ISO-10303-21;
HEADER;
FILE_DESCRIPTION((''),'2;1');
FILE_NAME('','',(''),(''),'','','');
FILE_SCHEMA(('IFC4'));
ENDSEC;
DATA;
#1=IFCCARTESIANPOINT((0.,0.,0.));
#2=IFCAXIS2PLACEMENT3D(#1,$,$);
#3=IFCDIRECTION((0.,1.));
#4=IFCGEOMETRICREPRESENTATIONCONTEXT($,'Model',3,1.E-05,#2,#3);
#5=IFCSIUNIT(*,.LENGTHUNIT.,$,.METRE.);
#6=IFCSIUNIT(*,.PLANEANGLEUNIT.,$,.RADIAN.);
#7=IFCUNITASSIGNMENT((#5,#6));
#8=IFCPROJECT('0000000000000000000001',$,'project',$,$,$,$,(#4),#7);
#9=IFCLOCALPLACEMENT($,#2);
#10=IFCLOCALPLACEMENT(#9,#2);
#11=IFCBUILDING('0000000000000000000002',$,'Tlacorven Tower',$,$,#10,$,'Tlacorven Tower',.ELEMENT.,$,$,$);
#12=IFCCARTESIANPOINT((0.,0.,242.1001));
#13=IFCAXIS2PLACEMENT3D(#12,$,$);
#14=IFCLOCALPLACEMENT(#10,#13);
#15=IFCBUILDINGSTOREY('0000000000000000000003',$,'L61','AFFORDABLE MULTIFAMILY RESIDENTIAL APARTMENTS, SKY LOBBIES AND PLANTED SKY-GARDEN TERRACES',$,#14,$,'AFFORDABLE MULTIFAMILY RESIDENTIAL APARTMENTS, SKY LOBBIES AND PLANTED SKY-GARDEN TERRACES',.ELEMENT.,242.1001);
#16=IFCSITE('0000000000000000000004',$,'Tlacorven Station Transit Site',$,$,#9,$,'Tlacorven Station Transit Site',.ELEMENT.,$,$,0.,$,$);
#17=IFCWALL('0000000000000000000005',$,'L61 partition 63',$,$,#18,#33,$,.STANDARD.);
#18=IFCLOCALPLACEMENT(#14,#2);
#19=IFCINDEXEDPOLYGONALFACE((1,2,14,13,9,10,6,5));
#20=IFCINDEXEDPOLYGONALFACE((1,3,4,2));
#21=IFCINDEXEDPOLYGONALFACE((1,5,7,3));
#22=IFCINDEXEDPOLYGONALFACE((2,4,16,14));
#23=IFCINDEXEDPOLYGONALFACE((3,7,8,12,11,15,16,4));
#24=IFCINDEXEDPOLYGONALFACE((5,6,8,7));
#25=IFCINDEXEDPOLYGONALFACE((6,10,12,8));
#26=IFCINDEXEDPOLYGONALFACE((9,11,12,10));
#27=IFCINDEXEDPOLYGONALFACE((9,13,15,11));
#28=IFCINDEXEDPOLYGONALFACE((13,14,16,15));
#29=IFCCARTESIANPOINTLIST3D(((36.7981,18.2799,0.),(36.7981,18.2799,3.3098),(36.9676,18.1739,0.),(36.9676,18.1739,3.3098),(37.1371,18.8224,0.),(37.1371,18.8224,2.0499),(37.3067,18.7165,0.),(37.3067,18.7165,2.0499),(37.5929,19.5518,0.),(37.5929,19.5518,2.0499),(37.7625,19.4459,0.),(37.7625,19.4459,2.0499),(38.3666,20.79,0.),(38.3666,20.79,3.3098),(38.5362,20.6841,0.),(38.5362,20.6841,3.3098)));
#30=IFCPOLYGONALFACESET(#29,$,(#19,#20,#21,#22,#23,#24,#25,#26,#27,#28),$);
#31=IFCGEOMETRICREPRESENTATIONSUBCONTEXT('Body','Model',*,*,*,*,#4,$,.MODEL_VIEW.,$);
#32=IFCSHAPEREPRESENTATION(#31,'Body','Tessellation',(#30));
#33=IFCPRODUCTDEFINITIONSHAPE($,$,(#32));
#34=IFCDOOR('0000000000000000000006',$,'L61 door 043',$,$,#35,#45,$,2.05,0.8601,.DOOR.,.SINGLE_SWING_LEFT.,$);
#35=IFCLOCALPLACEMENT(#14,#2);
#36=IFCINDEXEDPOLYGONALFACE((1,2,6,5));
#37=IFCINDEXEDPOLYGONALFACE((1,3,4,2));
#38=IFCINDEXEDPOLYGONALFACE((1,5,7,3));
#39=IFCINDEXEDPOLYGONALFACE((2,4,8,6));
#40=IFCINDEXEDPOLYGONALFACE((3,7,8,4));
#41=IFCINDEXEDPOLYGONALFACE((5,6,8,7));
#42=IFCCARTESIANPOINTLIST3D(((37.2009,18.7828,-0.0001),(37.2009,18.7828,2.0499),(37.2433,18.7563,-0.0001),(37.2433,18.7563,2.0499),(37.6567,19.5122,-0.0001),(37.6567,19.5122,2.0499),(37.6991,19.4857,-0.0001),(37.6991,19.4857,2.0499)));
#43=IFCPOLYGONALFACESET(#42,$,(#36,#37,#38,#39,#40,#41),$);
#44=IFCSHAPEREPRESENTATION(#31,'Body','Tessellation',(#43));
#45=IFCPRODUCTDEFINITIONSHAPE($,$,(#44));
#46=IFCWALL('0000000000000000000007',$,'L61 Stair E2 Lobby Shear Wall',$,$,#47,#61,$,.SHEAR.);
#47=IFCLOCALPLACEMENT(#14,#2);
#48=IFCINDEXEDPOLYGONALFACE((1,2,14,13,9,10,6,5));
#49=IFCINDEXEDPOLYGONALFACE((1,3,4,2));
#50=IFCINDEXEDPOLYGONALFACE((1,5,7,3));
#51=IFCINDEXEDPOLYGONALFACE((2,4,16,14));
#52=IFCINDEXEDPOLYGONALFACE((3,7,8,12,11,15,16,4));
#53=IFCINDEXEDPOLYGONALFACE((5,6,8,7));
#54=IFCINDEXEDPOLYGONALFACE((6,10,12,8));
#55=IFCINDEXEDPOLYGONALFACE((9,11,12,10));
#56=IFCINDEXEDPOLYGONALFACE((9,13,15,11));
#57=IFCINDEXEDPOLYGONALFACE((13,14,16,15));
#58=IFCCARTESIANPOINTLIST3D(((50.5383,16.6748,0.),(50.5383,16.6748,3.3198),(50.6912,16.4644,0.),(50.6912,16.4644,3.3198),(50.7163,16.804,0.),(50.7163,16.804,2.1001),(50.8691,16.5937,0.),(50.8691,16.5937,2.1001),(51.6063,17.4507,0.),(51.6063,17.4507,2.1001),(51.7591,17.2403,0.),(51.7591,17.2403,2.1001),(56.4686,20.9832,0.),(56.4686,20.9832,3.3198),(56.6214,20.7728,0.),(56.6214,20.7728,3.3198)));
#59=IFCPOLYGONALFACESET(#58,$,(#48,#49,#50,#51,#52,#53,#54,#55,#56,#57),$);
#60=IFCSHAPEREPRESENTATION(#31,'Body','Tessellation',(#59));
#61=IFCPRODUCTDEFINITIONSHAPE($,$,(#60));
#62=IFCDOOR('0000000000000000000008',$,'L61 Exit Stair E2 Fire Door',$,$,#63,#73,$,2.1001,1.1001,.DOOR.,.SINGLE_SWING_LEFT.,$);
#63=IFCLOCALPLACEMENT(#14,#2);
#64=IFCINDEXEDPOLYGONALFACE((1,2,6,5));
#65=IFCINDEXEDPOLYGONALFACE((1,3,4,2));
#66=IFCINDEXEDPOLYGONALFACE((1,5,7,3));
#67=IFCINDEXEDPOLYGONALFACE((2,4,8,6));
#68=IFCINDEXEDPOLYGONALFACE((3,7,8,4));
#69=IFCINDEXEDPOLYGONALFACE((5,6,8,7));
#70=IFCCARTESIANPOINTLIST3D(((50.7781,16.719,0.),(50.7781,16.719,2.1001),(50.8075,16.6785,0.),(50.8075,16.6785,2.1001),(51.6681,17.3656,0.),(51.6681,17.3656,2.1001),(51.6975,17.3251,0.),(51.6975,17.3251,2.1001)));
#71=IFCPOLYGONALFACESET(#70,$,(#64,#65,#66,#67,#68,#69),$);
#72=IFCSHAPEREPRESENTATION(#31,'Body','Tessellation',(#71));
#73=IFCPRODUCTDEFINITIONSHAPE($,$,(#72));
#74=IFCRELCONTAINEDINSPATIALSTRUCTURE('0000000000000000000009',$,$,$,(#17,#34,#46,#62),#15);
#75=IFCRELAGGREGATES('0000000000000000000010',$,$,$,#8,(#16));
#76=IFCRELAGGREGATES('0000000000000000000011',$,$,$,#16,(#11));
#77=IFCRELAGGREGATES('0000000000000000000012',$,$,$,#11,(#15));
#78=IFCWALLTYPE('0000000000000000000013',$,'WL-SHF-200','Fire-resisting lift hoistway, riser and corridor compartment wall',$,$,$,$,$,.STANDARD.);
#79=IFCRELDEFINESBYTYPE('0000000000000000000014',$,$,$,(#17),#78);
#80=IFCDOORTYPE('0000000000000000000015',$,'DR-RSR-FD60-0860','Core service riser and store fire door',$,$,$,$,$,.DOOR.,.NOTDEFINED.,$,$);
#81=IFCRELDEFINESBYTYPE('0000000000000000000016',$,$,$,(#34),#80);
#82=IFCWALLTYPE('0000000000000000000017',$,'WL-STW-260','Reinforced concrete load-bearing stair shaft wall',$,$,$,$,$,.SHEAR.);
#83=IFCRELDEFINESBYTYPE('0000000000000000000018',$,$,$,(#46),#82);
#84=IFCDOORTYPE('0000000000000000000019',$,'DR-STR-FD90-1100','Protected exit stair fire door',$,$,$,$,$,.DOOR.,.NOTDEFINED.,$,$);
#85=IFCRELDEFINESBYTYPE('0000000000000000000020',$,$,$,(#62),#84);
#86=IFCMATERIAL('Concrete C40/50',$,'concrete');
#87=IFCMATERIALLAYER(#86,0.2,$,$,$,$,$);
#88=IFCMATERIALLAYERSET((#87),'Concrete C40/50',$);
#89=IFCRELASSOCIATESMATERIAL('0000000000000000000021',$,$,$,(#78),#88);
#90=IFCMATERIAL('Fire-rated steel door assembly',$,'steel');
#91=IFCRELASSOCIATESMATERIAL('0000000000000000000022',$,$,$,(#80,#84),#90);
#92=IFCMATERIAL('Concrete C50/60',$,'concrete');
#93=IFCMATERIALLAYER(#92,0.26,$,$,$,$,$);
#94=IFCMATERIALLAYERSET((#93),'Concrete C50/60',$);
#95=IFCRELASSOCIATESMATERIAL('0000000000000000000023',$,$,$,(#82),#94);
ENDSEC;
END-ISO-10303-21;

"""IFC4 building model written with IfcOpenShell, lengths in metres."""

from ifc_helpers import new_model, si_unit, direction, frame, frame_2d, origin, place, context, subcontext, project, spatial, rectangle, extrude, source, transform, mapped, material, layer, layer_set, type_object, element, fill, save


model = new_model("IFC4")

# Units and contexts
model_context = context("Model", 3, precision=1e-05, world=origin(), true_north=direction((0.0, 1.0)))
body_context = subcontext(model_context, "Body", "Model", "MODEL_VIEW")
ifc_project = project(units=[si_unit("LENGTHUNIT", "METRE"), si_unit("PLANEANGLEUNIT", "RADIAN")], contexts=[model_context])

# Site, building, storey
site_placement = place(None, origin())
site = spatial("IfcSite", under=ifc_project, at=site_placement, Name="Tlacorven Station Transit Site", LongName="Tlacorven Station Transit Site", CompositionType="ELEMENT", RefElevation=0.0)
building_placement = place(site_placement, origin())
building = spatial("IfcBuilding", under=site, at=building_placement, Name="Tlacorven Tower", LongName="Tlacorven Tower", CompositionType="ELEMENT")
storey_placement = place(building_placement, frame((0.0, 0.0, 242.1001)))
storey = spatial("IfcBuildingStorey", under=building, at=storey_placement, Name="L61", Description="AFFORDABLE MULTIFAMILY RESIDENTIAL APARTMENTS, SKY LOBBIES AND PLANTED SKY-GARDEN TERRACES", LongName="AFFORDABLE MULTIFAMILY RESIDENTIAL APARTMENTS, SKY LOBBIES AND PLANTED SKY-GARDEN TERRACES", CompositionType="ELEMENT", Elevation=242.1001)

# Shared definitions
ifc_material_1 = material(Name="Concrete C50/60", Category="concrete")

# Shared definitions
ifc_material_2 = material(Name="Fire-rated steel door assembly", Category="steel")

# Walls, openings, doors
ifc_material_3 = material(Name="Concrete C40/50", Category="concrete")
ifc_layer_1 = layer(ifc_material_3, 0.2)
ifc_layer_set_1 = layer_set([ifc_layer_1], Name="Concrete C40/50")
wall_type_1 = type_object("IfcWallType", Name="WL-SHF-200", Description="Fire-resisting lift hoistway, riser and corridor compartment wall", PredefinedType="STANDARD", material=ifc_layer_set_1)
wall_1_placement = place(storey_placement, frame((38.4514, 20.7371, 0.0), z_axis=(0.0, 0.0, 1.0), x_axis=(-0.529925, -0.848045, 0.0)))
wall_1 = element("IfcWall", 1, at=wall_1_placement, inside=storey, type_object=wall_type_1, Name="L61 partition 63", PredefinedType="STANDARD", context=body_context, shape_type="SweptSolid", body=[
    extrude(rectangle(XDim=2.96, YDim=0.2, at=frame_2d((1.48, 0.0))), origin(), (0.0, 0.0, 1.0), 3.3098),
])
opening_1_placement = place(wall_1_placement, frame((1.46, 0.0, 0.0)))
opening_1 = element("IfcOpeningElement", 2, at=opening_1_placement, cuts=wall_1, PredefinedType="OPENING", context=body_context, shape_type="SweptSolid", body=[
    extrude(rectangle(XDim=0.8601, YDim=2.05, at=frame_2d((0.4302, 1.0249))), frame((0.0, 0.1099, 0.0), z_axis=(0.0, -1.0, 0.0), x_axis=(1.0, 0.0, 0.0)), (0.0, 0.0, 1.0), 0.22),
])
door_type_1 = type_object("IfcDoorType", Name="DR-RSR-FD60-0860", Description="Core service riser and store fire door", OperationType="NOTDEFINED", PredefinedType="DOOR", material=ifc_material_2)
shared_shape_1 = source(origin(), body_context, "Body", "SweptSolid", [
    extrude(rectangle(XDim=0.8601, YDim=2.05, at=frame_2d((0.4302, 1.0249))), frame((0.0, 0.0249, 0.0), z_axis=(0.0, -1.0, 0.0), x_axis=(1.0, 0.0, 0.0)), (0.0, 0.0, 1.0), 0.05),
])
door_1_placement = place(opening_1_placement, frame((0.8601, 0.0, 0.0), z_axis=(0.0, 0.0, 1.0), x_axis=(-1.0, 0.0, 0.0)))
door_1 = element("IfcDoor", 3, at=door_1_placement, inside=storey, type_object=door_type_1, Name="L61 door 043", OperationType="SINGLE_SWING_LEFT", OverallHeight=2.05, OverallWidth=0.8601, PredefinedType="DOOR", context=body_context, shape_type="MappedRepresentation", body=[
    mapped(shared_shape_1, transform((0.0, 0.0, 0.0), scale=1.0)),
])
fill(opening_1, door_1)
ifc_layer_2 = layer(ifc_material_1, 0.26)
ifc_layer_set_2 = layer_set([ifc_layer_2], Name="Concrete C50/60")
wall_type_2 = type_object("IfcWallType", Name="WL-STW-260", Description="Reinforced concrete load-bearing stair shaft wall", PredefinedType="SHEAR", material=ifc_layer_set_2)
wall_2_placement = place(storey_placement, frame((50.6147, 16.5696, 0.0), z_axis=(0.0, 0.0, 1.0), x_axis=(0.809028, 0.58777, 0.0)))
wall_2 = element("IfcWall", 4, at=wall_2_placement, inside=storey, type_object=wall_type_2, Name="L61 Stair E2 Lobby Shear Wall", PredefinedType="SHEAR", context=body_context, shape_type="SweptSolid", body=[
    extrude(rectangle(XDim=7.3301, YDim=0.26, at=frame_2d((3.665, 0.0))), origin(), (0.0, 0.0, 1.0), 3.3198),
])
opening_2_placement = place(wall_2_placement, frame((0.22, 0.0, 0.0)))
opening_2 = element("IfcOpeningElement", 5, at=opening_2_placement, cuts=wall_2, PredefinedType="OPENING", context=body_context, shape_type="SweptSolid", body=[
    extrude(rectangle(XDim=1.1001, YDim=2.1001, at=frame_2d((0.55, 1.05))), frame((0.0, 0.1401, 0.0), z_axis=(0.0, -1.0, 0.0), x_axis=(1.0, 0.0, 0.0)), (0.0, 0.0, 1.0), 0.28),
])
door_type_2 = type_object("IfcDoorType", Name="DR-STR-FD90-1100", Description="Protected exit stair fire door", OperationType="NOTDEFINED", PredefinedType="DOOR", material=ifc_material_2)
shared_shape_2 = source(origin(), body_context, "Body", "SweptSolid", [
    extrude(rectangle(XDim=1.1001, YDim=2.1001, at=frame_2d((0.55, 1.05))), frame((0.0, 0.0249, 0.0), z_axis=(0.0, -1.0, 0.0), x_axis=(1.0, 0.0, 0.0)), (0.0, 0.0, 1.0), 0.05),
])
door_2_placement = place(opening_2_placement, origin())
door_2 = element("IfcDoor", 6, at=door_2_placement, inside=storey, type_object=door_type_2, Name="L61 Exit Stair E2 Fire Door", OperationType="SINGLE_SWING_LEFT", OverallHeight=2.1001, OverallWidth=1.1001, PredefinedType="DOOR", context=body_context, shape_type="MappedRepresentation", body=[
    mapped(shared_shape_2, transform((0.0, 0.0, 0.0), scale=1.0)),
])
fill(opening_2, door_2)

save(model, "model.ifc")
